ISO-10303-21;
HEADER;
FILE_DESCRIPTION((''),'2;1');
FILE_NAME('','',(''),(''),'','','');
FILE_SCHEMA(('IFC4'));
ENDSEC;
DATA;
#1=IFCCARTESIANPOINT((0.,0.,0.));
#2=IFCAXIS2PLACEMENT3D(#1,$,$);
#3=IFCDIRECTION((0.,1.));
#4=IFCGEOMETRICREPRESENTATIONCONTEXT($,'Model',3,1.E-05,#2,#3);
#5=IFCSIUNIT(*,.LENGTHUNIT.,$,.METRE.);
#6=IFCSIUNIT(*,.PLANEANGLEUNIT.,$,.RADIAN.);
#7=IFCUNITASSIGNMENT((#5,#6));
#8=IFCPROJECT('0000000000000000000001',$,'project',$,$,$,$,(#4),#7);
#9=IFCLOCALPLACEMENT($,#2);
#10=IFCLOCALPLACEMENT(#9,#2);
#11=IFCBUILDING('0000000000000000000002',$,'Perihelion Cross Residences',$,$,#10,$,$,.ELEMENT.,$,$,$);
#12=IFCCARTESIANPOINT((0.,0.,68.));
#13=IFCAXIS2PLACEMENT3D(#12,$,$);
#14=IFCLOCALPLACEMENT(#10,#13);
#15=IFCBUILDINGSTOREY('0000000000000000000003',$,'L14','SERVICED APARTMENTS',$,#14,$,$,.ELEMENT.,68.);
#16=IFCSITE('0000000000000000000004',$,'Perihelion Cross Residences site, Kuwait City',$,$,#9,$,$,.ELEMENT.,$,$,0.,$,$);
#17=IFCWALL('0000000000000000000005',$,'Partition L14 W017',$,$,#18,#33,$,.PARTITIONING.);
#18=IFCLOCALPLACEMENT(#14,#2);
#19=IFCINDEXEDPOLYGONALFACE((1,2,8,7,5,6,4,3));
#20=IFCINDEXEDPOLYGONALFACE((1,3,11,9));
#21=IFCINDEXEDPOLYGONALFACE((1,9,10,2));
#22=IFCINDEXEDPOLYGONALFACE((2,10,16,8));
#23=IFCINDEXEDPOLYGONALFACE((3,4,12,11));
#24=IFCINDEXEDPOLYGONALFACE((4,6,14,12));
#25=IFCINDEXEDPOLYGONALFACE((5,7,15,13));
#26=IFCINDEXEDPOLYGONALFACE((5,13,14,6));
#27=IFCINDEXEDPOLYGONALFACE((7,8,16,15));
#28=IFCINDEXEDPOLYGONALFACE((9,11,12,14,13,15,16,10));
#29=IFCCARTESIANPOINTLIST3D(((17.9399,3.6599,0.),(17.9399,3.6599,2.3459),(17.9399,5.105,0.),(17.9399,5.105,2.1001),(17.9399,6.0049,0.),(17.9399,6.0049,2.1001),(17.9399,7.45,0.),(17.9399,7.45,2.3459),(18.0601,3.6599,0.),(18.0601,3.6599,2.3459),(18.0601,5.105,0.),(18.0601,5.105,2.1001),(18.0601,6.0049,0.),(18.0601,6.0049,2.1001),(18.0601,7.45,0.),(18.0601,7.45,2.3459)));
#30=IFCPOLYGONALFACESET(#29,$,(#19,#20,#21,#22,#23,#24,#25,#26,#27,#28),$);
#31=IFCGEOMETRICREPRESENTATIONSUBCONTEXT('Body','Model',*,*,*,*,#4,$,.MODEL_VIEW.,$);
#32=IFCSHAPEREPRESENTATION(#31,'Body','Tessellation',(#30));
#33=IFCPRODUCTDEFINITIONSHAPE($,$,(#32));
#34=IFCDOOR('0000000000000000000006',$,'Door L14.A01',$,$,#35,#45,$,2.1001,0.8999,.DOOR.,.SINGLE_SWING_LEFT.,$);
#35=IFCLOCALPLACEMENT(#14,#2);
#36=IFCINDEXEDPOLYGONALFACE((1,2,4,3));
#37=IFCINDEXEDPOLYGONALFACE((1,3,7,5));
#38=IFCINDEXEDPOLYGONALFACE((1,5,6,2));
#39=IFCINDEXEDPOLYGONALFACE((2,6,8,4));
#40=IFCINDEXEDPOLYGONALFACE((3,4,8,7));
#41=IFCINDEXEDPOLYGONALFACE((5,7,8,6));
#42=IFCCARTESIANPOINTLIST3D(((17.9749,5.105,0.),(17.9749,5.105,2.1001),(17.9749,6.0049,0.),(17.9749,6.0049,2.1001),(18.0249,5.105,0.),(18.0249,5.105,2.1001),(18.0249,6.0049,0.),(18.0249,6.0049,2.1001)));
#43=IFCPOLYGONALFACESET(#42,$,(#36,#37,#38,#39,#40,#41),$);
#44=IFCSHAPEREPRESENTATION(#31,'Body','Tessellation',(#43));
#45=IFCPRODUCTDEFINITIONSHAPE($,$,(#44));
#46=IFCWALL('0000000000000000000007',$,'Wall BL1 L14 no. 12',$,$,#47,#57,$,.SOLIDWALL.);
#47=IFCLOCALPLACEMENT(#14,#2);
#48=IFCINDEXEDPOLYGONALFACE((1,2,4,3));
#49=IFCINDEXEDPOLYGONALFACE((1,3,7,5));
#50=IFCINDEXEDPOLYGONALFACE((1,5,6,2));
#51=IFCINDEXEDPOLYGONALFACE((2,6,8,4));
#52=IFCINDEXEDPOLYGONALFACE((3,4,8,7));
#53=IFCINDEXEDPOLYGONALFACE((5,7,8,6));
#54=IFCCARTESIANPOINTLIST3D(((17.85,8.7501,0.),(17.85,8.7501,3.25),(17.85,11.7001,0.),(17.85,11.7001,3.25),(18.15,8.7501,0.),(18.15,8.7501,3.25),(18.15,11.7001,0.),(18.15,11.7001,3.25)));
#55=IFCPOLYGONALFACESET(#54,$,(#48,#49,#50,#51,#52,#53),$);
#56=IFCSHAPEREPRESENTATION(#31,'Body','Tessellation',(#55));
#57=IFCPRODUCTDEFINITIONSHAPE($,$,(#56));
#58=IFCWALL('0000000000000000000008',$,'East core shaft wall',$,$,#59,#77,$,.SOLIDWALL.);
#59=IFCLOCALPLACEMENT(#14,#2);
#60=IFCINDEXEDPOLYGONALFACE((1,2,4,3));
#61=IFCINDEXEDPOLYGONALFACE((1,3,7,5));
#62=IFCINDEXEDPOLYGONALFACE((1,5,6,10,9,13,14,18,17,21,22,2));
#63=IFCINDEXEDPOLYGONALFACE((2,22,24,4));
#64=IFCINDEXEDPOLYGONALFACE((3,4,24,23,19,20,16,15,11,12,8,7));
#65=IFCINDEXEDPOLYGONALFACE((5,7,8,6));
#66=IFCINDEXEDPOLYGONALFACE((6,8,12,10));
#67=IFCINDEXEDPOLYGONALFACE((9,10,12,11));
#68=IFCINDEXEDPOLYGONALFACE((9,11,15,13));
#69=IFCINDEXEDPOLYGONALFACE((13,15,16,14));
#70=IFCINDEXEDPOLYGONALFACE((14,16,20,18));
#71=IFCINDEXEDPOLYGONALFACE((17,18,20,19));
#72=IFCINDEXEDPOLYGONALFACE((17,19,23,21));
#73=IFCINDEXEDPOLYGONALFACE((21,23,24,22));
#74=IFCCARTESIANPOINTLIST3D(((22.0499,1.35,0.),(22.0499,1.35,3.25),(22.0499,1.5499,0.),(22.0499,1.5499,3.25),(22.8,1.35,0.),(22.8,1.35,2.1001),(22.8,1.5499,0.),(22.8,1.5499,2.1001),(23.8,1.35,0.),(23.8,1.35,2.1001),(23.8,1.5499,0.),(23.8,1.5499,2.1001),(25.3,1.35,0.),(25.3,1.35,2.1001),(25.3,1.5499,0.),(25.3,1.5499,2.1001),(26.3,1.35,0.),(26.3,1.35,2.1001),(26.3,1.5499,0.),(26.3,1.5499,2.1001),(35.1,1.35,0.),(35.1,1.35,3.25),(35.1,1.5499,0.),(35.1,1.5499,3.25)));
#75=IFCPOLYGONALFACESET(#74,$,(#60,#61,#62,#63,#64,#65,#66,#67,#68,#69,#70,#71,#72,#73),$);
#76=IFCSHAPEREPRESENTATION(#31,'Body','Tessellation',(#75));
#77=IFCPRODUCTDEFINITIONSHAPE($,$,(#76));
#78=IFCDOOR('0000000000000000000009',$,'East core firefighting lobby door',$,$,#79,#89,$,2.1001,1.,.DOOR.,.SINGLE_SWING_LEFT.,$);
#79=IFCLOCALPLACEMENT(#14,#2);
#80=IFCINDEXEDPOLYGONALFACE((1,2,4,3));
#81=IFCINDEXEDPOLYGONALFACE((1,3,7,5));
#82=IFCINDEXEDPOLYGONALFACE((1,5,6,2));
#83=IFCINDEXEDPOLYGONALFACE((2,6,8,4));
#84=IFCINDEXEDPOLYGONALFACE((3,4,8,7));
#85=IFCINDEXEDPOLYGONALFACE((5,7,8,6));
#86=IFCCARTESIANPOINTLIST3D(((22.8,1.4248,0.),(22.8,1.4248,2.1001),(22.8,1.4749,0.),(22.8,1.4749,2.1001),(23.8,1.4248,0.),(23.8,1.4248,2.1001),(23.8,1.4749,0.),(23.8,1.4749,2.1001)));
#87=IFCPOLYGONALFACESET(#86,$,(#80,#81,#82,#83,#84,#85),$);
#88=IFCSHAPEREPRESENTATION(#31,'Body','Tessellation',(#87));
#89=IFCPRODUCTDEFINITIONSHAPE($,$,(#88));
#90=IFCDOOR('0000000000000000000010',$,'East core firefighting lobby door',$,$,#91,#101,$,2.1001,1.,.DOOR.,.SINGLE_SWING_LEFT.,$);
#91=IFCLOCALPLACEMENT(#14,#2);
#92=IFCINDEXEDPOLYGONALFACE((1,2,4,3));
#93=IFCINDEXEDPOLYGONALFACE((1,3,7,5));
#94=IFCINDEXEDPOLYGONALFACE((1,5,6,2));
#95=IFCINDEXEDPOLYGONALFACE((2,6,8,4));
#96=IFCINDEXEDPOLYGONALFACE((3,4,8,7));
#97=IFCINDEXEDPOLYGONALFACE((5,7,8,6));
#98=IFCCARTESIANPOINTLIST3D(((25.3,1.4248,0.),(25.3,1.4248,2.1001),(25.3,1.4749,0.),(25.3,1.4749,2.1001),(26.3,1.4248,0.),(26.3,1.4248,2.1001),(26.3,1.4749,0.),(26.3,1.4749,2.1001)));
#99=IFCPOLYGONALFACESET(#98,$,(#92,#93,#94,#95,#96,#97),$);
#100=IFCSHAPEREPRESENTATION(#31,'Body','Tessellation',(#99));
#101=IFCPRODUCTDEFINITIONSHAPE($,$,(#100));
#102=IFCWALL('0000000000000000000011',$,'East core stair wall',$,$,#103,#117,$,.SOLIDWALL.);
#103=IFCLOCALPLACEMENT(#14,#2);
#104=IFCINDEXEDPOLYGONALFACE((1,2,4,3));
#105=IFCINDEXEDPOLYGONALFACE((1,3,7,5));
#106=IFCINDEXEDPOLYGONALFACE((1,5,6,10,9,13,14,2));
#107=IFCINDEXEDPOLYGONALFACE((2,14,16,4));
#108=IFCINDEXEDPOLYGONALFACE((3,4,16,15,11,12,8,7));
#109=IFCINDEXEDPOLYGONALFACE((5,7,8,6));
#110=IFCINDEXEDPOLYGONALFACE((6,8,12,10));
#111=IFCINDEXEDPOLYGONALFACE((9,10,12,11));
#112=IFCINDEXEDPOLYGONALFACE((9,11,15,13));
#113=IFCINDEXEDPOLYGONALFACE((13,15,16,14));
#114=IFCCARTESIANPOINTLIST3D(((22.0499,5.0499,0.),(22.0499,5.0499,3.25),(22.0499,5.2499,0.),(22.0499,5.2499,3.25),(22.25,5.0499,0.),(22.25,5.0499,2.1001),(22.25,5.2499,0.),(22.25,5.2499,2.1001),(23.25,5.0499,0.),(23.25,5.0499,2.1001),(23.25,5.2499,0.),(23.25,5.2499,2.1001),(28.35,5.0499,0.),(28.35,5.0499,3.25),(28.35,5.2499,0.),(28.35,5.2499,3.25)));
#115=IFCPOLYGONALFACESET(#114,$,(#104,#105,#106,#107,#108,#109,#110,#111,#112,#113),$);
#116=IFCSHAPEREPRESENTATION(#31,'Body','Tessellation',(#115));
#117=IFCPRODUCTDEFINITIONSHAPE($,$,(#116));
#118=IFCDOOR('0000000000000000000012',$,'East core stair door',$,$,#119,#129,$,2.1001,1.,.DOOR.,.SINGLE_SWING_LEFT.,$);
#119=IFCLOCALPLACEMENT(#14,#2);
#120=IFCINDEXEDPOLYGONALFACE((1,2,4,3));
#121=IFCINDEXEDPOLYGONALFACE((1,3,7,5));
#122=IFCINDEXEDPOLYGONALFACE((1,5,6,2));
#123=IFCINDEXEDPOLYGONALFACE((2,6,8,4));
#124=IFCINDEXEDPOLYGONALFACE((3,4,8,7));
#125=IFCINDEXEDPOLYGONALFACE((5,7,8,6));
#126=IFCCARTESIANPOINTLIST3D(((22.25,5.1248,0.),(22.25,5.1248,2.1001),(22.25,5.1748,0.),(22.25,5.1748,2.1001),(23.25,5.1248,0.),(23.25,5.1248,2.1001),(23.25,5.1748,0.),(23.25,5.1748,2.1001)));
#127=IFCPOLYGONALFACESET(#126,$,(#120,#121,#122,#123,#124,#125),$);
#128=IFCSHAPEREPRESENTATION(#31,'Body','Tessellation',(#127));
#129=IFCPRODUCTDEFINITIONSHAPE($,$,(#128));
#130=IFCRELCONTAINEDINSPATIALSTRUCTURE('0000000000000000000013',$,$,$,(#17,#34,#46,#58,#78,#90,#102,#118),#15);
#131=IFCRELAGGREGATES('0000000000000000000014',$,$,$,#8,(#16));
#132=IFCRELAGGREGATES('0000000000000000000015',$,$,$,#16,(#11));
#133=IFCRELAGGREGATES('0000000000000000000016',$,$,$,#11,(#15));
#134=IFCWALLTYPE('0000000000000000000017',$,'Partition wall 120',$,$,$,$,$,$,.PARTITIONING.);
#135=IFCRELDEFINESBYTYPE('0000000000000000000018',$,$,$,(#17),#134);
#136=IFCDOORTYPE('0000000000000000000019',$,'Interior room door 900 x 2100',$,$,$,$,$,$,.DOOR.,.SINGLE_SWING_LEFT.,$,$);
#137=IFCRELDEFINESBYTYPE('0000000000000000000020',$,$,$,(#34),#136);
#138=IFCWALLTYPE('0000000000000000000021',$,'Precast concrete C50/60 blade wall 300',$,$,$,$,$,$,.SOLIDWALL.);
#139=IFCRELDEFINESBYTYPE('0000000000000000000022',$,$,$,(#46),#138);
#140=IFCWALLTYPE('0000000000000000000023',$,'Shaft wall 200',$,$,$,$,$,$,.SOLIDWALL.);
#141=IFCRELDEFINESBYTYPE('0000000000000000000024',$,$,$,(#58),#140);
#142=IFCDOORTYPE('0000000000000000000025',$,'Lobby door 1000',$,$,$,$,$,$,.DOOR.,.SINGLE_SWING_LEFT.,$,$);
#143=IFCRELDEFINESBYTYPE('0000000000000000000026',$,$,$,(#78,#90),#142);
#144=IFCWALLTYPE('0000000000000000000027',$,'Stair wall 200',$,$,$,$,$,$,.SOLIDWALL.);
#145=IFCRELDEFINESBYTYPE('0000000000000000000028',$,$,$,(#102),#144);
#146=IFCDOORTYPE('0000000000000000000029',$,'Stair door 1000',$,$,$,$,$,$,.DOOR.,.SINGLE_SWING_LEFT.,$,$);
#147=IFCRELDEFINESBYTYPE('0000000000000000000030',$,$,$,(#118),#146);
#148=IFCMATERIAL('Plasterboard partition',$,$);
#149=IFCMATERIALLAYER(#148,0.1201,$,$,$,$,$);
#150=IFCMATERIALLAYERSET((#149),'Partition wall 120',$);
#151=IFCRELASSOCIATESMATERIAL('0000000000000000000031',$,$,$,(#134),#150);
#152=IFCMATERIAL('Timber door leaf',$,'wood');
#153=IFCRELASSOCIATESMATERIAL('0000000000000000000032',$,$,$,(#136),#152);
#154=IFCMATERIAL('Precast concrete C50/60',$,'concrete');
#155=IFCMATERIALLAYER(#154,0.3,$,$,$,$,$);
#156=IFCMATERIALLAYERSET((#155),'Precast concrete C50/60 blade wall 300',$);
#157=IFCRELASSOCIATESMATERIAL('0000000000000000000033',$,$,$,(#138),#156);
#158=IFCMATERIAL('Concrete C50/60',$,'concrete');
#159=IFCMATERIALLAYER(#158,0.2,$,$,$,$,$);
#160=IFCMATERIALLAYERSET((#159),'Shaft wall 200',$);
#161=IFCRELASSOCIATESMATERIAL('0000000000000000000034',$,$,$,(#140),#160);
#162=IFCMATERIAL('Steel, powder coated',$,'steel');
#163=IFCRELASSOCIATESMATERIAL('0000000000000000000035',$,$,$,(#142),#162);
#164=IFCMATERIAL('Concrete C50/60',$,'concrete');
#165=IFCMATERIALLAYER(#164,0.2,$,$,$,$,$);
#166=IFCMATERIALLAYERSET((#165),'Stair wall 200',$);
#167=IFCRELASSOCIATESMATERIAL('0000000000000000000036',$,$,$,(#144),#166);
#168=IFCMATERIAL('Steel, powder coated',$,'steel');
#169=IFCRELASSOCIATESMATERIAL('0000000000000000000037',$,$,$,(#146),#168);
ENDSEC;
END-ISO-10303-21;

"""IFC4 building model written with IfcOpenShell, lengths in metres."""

from ifc_helpers import new_model, si_unit, direction, frame, frame_2d, origin, place, context, subcontext, project, spatial, rectangle, extrude, material, layer, layer_set, type_object, element, fill, save


model = new_model("IFC4")

# Units and contexts
model_context = context("Model", 3, precision=1e-05, world=origin(), true_north=direction((0.0, 1.0)))
body_context = subcontext(model_context, "Body", "Model", "MODEL_VIEW")
ifc_project = project(units=[si_unit("LENGTHUNIT", "METRE"), si_unit("PLANEANGLEUNIT", "RADIAN")], contexts=[model_context])

# Site, building, storey
site_placement = place(None, origin())
site = spatial("IfcSite", under=ifc_project, at=site_placement, Name="Perihelion Cross Residences site, Kuwait City", CompositionType="ELEMENT", RefElevation=0.0)
building_placement = place(site_placement, origin())
building = spatial("IfcBuilding", under=site, at=building_placement, Name="Perihelion Cross Residences", CompositionType="ELEMENT")
storey_placement = place(building_placement, frame((0.0, 0.0, 68.0)))
storey = spatial("IfcBuildingStorey", under=building, at=storey_placement, Name="L14", Description="SERVICED APARTMENTS", CompositionType="ELEMENT", Elevation=68.0)

# Wall, opening, door
ifc_material_1 = material(Name="Plasterboard partition")
ifc_layer_1 = layer(ifc_material_1, 0.1201)
ifc_layer_set_1 = layer_set([ifc_layer_1], Name="Partition wall 120")
wall_type_1 = type_object("IfcWallType", Name="Partition wall 120", PredefinedType="PARTITIONING", material=ifc_layer_set_1)
ifc_material_2 = material(Name="Timber door leaf", Category="wood")
door_type_1 = type_object("IfcDoorType", Name="Interior room door 900 x 2100", OperationType="SINGLE_SWING_LEFT", PredefinedType="DOOR", material=ifc_material_2)
wall_1_placement = place(storey_placement, frame((18.0, 7.45, 0.0), z_axis=(0.0, 0.0, 1.0), x_axis=(0.0, -1.0, 0.0)))
wall_1 = element("IfcWall", 1, at=wall_1_placement, inside=storey, type_object=wall_type_1, Name="Partition L14 W017", PredefinedType="PARTITIONING", context=body_context, shape_type="SweptSolid", body=[
    extrude(rectangle(XDim=3.79, YDim=0.1201, at=frame_2d((1.895, 0.0))), origin(), (0.0, 0.0, 1.0), 2.3459),
])
opening_1_placement = place(wall_1_placement, frame((1.4451, 0.0, 0.0)))
opening_1 = element("IfcOpeningElement", 2, at=opening_1_placement, cuts=wall_1, PredefinedType="OPENING", context=body_context, shape_type="SweptSolid", body=[
    extrude(rectangle(XDim=0.8999, YDim=2.1001, at=frame_2d((0.45, 1.05))), frame((0.0, 0.0701, 0.0), z_axis=(0.0, -1.0, 0.0), x_axis=(1.0, 0.0, 0.0)), (0.0, 0.0, 1.0), 0.1401),
])
door_1_placement = place(opening_1_placement, origin())
door_1 = element("IfcDoor", 3, at=door_1_placement, inside=storey, type_object=door_type_1, Name="Door L14.A01", OperationType="SINGLE_SWING_LEFT", OverallHeight=2.1001, OverallWidth=0.8999, PredefinedType="DOOR", context=body_context, shape_type="SweptSolid", body=[
    extrude(rectangle(XDim=0.8999, YDim=2.1001, at=frame_2d((0.45, 1.05))), frame((0.0, 0.0249, 0.0), z_axis=(0.0, -1.0, 0.0), x_axis=(1.0, 0.0, 0.0)), (0.0, 0.0, 1.0), 0.05),
])
fill(opening_1, door_1)

# Wall
ifc_material_3 = material(Name="Precast concrete C50/60", Category="concrete")
ifc_layer_2 = layer(ifc_material_3, 0.3)
ifc_layer_set_2 = layer_set([ifc_layer_2], Name="Precast concrete C50/60 blade wall 300")
wall_type_2 = type_object("IfcWallType", Name="Precast concrete C50/60 blade wall 300", PredefinedType="SOLIDWALL", material=ifc_layer_set_2)
wall_2_placement = place(storey_placement, frame((18.0, 8.75, 0.0), z_axis=(0.0, 0.0, 1.0), x_axis=(0.0, 1.0, 0.0)))
element("IfcWall", 4, at=wall_2_placement, inside=storey, type_object=wall_type_2, Name="Wall BL1 L14 no. 12", PredefinedType="SOLIDWALL", context=body_context, shape_type="SweptSolid", body=[
    extrude(rectangle(XDim=2.95, YDim=0.3, at=frame_2d((1.4751, 0.0))), origin(), (0.0, 0.0, 1.0), 3.25),
])

# Wall, openings, doors
ifc_material_4 = material(Name="Concrete C50/60", Category="concrete")
ifc_layer_3 = layer(ifc_material_4, 0.2)
ifc_layer_set_3 = layer_set([ifc_layer_3], Name="Shaft wall 200")
wall_type_3 = type_object("IfcWallType", Name="Shaft wall 200", PredefinedType="SOLIDWALL", material=ifc_layer_set_3)
wall_3_placement = place(storey_placement, frame((22.05, 1.45, 0.0), z_axis=(0.0, 0.0, 1.0), x_axis=(1.0, 0.0, 0.0)))
wall_3 = element("IfcWall", 5, at=wall_3_placement, inside=storey, type_object=wall_type_3, Name="East core shaft wall", PredefinedType="SOLIDWALL", context=body_context, shape_type="SweptSolid", body=[
    extrude(rectangle(XDim=13.05, YDim=0.2, at=frame_2d((6.5249, 0.0))), origin(), (0.0, 0.0, 1.0), 3.25),
])
opening_2_placement = place(wall_3_placement, frame((0.75, 0.0, 0.0)))
opening_2 = element("IfcOpeningElement", 6, at=opening_2_placement, cuts=wall_3, PredefinedType="OPENING", context=body_context, shape_type="SweptSolid", body=[
    extrude(rectangle(XDim=1.0, YDim=2.1001, at=frame_2d((0.5, 1.05))), frame((0.0, 0.1099, 0.0), z_axis=(0.0, -1.0, 0.0), x_axis=(1.0, 0.0, 0.0)), (0.0, 0.0, 1.0), 0.22),
])
opening_3_placement = place(wall_3_placement, frame((3.25, 0.0, 0.0)))
opening_3 = element("IfcOpeningElement", 7, at=opening_3_placement, cuts=wall_3, PredefinedType="OPENING", context=body_context, shape_type="SweptSolid", body=[
    extrude(rectangle(XDim=1.0, YDim=2.1001, at=frame_2d((0.5, 1.05))), frame((0.0, 0.1099, 0.0), z_axis=(0.0, -1.0, 0.0), x_axis=(1.0, 0.0, 0.0)), (0.0, 0.0, 1.0), 0.22),
])
ifc_material_5 = material(Name="Steel, powder coated", Category="steel")
door_type_2 = type_object("IfcDoorType", Name="Lobby door 1000", OperationType="SINGLE_SWING_LEFT", PredefinedType="DOOR", material=ifc_material_5)
door_2_placement = place(opening_2_placement, origin())
door_2 = element("IfcDoor", 8, at=door_2_placement, inside=storey, type_object=door_type_2, Name="East core firefighting lobby door", OperationType="SINGLE_SWING_LEFT", OverallHeight=2.1001, OverallWidth=1.0, PredefinedType="DOOR", context=body_context, shape_type="SweptSolid", body=[
    extrude(rectangle(XDim=1.0, YDim=2.1001, at=frame_2d((0.5, 1.05))), frame((0.0, 0.0249, 0.0), z_axis=(0.0, -1.0, 0.0), x_axis=(1.0, 0.0, 0.0)), (0.0, 0.0, 1.0), 0.05),
])
fill(opening_2, door_2)
door_3_placement = place(opening_3_placement, origin())
door_3 = element("IfcDoor", 9, at=door_3_placement, inside=storey, type_object=door_type_2, Name="East core firefighting lobby door", OperationType="SINGLE_SWING_LEFT", OverallHeight=2.1001, OverallWidth=1.0, PredefinedType="DOOR", context=body_context, shape_type="SweptSolid", body=[
    extrude(rectangle(XDim=1.0, YDim=2.1001, at=frame_2d((0.5, 1.05))), frame((0.0, 0.0249, 0.0), z_axis=(0.0, -1.0, 0.0), x_axis=(1.0, 0.0, 0.0)), (0.0, 0.0, 1.0), 0.05),
])
fill(opening_3, door_3)

# Wall, opening, door
ifc_material_6 = material(Name="Concrete C50/60", Category="concrete")
ifc_layer_4 = layer(ifc_material_6, 0.2)
ifc_layer_set_4 = layer_set([ifc_layer_4], Name="Stair wall 200")
wall_type_4 = type_object("IfcWallType", Name="Stair wall 200", PredefinedType="SOLIDWALL", material=ifc_layer_set_4)
wall_4_placement = place(storey_placement, frame((22.05, 5.1499, 0.0), z_axis=(0.0, 0.0, 1.0), x_axis=(1.0, 0.0, 0.0)))
wall_4 = element("IfcWall", 10, at=wall_4_placement, inside=storey, type_object=wall_type_4, Name="East core stair wall", PredefinedType="SOLIDWALL", context=body_context, shape_type="SweptSolid", body=[
    extrude(rectangle(XDim=6.3, YDim=0.2, at=frame_2d((3.1499, 0.0))), origin(), (0.0, 0.0, 1.0), 3.25),
])
opening_4_placement = place(wall_4_placement, frame((0.2, 0.0, 0.0)))
opening_4 = element("IfcOpeningElement", 11, at=opening_4_placement, cuts=wall_4, PredefinedType="OPENING", context=body_context, shape_type="SweptSolid", body=[
    extrude(rectangle(XDim=1.0, YDim=2.1001, at=frame_2d((0.5, 1.05))), frame((0.0, 0.1099, 0.0), z_axis=(0.0, -1.0, 0.0), x_axis=(1.0, 0.0, 0.0)), (0.0, 0.0, 1.0), 0.22),
])
ifc_material_7 = material(Name="Steel, powder coated", Category="steel")
door_type_3 = type_object("IfcDoorType", Name="Stair door 1000", OperationType="SINGLE_SWING_LEFT", PredefinedType="DOOR", material=ifc_material_7)
door_4_placement = place(opening_4_placement, origin())
door_4 = element("IfcDoor", 12, at=door_4_placement, inside=storey, type_object=door_type_3, Name="East core stair door", OperationType="SINGLE_SWING_LEFT", OverallHeight=2.1001, OverallWidth=1.0, PredefinedType="DOOR", context=body_context, shape_type="SweptSolid", body=[
    extrude(rectangle(XDim=1.0, YDim=2.1001, at=frame_2d((0.5, 1.05))), frame((0.0, 0.0249, 0.0), z_axis=(0.0, -1.0, 0.0), x_axis=(1.0, 0.0, 0.0)), (0.0, 0.0, 1.0), 0.05),
])
fill(opening_4, door_4)

save(model, "model.ifc")
